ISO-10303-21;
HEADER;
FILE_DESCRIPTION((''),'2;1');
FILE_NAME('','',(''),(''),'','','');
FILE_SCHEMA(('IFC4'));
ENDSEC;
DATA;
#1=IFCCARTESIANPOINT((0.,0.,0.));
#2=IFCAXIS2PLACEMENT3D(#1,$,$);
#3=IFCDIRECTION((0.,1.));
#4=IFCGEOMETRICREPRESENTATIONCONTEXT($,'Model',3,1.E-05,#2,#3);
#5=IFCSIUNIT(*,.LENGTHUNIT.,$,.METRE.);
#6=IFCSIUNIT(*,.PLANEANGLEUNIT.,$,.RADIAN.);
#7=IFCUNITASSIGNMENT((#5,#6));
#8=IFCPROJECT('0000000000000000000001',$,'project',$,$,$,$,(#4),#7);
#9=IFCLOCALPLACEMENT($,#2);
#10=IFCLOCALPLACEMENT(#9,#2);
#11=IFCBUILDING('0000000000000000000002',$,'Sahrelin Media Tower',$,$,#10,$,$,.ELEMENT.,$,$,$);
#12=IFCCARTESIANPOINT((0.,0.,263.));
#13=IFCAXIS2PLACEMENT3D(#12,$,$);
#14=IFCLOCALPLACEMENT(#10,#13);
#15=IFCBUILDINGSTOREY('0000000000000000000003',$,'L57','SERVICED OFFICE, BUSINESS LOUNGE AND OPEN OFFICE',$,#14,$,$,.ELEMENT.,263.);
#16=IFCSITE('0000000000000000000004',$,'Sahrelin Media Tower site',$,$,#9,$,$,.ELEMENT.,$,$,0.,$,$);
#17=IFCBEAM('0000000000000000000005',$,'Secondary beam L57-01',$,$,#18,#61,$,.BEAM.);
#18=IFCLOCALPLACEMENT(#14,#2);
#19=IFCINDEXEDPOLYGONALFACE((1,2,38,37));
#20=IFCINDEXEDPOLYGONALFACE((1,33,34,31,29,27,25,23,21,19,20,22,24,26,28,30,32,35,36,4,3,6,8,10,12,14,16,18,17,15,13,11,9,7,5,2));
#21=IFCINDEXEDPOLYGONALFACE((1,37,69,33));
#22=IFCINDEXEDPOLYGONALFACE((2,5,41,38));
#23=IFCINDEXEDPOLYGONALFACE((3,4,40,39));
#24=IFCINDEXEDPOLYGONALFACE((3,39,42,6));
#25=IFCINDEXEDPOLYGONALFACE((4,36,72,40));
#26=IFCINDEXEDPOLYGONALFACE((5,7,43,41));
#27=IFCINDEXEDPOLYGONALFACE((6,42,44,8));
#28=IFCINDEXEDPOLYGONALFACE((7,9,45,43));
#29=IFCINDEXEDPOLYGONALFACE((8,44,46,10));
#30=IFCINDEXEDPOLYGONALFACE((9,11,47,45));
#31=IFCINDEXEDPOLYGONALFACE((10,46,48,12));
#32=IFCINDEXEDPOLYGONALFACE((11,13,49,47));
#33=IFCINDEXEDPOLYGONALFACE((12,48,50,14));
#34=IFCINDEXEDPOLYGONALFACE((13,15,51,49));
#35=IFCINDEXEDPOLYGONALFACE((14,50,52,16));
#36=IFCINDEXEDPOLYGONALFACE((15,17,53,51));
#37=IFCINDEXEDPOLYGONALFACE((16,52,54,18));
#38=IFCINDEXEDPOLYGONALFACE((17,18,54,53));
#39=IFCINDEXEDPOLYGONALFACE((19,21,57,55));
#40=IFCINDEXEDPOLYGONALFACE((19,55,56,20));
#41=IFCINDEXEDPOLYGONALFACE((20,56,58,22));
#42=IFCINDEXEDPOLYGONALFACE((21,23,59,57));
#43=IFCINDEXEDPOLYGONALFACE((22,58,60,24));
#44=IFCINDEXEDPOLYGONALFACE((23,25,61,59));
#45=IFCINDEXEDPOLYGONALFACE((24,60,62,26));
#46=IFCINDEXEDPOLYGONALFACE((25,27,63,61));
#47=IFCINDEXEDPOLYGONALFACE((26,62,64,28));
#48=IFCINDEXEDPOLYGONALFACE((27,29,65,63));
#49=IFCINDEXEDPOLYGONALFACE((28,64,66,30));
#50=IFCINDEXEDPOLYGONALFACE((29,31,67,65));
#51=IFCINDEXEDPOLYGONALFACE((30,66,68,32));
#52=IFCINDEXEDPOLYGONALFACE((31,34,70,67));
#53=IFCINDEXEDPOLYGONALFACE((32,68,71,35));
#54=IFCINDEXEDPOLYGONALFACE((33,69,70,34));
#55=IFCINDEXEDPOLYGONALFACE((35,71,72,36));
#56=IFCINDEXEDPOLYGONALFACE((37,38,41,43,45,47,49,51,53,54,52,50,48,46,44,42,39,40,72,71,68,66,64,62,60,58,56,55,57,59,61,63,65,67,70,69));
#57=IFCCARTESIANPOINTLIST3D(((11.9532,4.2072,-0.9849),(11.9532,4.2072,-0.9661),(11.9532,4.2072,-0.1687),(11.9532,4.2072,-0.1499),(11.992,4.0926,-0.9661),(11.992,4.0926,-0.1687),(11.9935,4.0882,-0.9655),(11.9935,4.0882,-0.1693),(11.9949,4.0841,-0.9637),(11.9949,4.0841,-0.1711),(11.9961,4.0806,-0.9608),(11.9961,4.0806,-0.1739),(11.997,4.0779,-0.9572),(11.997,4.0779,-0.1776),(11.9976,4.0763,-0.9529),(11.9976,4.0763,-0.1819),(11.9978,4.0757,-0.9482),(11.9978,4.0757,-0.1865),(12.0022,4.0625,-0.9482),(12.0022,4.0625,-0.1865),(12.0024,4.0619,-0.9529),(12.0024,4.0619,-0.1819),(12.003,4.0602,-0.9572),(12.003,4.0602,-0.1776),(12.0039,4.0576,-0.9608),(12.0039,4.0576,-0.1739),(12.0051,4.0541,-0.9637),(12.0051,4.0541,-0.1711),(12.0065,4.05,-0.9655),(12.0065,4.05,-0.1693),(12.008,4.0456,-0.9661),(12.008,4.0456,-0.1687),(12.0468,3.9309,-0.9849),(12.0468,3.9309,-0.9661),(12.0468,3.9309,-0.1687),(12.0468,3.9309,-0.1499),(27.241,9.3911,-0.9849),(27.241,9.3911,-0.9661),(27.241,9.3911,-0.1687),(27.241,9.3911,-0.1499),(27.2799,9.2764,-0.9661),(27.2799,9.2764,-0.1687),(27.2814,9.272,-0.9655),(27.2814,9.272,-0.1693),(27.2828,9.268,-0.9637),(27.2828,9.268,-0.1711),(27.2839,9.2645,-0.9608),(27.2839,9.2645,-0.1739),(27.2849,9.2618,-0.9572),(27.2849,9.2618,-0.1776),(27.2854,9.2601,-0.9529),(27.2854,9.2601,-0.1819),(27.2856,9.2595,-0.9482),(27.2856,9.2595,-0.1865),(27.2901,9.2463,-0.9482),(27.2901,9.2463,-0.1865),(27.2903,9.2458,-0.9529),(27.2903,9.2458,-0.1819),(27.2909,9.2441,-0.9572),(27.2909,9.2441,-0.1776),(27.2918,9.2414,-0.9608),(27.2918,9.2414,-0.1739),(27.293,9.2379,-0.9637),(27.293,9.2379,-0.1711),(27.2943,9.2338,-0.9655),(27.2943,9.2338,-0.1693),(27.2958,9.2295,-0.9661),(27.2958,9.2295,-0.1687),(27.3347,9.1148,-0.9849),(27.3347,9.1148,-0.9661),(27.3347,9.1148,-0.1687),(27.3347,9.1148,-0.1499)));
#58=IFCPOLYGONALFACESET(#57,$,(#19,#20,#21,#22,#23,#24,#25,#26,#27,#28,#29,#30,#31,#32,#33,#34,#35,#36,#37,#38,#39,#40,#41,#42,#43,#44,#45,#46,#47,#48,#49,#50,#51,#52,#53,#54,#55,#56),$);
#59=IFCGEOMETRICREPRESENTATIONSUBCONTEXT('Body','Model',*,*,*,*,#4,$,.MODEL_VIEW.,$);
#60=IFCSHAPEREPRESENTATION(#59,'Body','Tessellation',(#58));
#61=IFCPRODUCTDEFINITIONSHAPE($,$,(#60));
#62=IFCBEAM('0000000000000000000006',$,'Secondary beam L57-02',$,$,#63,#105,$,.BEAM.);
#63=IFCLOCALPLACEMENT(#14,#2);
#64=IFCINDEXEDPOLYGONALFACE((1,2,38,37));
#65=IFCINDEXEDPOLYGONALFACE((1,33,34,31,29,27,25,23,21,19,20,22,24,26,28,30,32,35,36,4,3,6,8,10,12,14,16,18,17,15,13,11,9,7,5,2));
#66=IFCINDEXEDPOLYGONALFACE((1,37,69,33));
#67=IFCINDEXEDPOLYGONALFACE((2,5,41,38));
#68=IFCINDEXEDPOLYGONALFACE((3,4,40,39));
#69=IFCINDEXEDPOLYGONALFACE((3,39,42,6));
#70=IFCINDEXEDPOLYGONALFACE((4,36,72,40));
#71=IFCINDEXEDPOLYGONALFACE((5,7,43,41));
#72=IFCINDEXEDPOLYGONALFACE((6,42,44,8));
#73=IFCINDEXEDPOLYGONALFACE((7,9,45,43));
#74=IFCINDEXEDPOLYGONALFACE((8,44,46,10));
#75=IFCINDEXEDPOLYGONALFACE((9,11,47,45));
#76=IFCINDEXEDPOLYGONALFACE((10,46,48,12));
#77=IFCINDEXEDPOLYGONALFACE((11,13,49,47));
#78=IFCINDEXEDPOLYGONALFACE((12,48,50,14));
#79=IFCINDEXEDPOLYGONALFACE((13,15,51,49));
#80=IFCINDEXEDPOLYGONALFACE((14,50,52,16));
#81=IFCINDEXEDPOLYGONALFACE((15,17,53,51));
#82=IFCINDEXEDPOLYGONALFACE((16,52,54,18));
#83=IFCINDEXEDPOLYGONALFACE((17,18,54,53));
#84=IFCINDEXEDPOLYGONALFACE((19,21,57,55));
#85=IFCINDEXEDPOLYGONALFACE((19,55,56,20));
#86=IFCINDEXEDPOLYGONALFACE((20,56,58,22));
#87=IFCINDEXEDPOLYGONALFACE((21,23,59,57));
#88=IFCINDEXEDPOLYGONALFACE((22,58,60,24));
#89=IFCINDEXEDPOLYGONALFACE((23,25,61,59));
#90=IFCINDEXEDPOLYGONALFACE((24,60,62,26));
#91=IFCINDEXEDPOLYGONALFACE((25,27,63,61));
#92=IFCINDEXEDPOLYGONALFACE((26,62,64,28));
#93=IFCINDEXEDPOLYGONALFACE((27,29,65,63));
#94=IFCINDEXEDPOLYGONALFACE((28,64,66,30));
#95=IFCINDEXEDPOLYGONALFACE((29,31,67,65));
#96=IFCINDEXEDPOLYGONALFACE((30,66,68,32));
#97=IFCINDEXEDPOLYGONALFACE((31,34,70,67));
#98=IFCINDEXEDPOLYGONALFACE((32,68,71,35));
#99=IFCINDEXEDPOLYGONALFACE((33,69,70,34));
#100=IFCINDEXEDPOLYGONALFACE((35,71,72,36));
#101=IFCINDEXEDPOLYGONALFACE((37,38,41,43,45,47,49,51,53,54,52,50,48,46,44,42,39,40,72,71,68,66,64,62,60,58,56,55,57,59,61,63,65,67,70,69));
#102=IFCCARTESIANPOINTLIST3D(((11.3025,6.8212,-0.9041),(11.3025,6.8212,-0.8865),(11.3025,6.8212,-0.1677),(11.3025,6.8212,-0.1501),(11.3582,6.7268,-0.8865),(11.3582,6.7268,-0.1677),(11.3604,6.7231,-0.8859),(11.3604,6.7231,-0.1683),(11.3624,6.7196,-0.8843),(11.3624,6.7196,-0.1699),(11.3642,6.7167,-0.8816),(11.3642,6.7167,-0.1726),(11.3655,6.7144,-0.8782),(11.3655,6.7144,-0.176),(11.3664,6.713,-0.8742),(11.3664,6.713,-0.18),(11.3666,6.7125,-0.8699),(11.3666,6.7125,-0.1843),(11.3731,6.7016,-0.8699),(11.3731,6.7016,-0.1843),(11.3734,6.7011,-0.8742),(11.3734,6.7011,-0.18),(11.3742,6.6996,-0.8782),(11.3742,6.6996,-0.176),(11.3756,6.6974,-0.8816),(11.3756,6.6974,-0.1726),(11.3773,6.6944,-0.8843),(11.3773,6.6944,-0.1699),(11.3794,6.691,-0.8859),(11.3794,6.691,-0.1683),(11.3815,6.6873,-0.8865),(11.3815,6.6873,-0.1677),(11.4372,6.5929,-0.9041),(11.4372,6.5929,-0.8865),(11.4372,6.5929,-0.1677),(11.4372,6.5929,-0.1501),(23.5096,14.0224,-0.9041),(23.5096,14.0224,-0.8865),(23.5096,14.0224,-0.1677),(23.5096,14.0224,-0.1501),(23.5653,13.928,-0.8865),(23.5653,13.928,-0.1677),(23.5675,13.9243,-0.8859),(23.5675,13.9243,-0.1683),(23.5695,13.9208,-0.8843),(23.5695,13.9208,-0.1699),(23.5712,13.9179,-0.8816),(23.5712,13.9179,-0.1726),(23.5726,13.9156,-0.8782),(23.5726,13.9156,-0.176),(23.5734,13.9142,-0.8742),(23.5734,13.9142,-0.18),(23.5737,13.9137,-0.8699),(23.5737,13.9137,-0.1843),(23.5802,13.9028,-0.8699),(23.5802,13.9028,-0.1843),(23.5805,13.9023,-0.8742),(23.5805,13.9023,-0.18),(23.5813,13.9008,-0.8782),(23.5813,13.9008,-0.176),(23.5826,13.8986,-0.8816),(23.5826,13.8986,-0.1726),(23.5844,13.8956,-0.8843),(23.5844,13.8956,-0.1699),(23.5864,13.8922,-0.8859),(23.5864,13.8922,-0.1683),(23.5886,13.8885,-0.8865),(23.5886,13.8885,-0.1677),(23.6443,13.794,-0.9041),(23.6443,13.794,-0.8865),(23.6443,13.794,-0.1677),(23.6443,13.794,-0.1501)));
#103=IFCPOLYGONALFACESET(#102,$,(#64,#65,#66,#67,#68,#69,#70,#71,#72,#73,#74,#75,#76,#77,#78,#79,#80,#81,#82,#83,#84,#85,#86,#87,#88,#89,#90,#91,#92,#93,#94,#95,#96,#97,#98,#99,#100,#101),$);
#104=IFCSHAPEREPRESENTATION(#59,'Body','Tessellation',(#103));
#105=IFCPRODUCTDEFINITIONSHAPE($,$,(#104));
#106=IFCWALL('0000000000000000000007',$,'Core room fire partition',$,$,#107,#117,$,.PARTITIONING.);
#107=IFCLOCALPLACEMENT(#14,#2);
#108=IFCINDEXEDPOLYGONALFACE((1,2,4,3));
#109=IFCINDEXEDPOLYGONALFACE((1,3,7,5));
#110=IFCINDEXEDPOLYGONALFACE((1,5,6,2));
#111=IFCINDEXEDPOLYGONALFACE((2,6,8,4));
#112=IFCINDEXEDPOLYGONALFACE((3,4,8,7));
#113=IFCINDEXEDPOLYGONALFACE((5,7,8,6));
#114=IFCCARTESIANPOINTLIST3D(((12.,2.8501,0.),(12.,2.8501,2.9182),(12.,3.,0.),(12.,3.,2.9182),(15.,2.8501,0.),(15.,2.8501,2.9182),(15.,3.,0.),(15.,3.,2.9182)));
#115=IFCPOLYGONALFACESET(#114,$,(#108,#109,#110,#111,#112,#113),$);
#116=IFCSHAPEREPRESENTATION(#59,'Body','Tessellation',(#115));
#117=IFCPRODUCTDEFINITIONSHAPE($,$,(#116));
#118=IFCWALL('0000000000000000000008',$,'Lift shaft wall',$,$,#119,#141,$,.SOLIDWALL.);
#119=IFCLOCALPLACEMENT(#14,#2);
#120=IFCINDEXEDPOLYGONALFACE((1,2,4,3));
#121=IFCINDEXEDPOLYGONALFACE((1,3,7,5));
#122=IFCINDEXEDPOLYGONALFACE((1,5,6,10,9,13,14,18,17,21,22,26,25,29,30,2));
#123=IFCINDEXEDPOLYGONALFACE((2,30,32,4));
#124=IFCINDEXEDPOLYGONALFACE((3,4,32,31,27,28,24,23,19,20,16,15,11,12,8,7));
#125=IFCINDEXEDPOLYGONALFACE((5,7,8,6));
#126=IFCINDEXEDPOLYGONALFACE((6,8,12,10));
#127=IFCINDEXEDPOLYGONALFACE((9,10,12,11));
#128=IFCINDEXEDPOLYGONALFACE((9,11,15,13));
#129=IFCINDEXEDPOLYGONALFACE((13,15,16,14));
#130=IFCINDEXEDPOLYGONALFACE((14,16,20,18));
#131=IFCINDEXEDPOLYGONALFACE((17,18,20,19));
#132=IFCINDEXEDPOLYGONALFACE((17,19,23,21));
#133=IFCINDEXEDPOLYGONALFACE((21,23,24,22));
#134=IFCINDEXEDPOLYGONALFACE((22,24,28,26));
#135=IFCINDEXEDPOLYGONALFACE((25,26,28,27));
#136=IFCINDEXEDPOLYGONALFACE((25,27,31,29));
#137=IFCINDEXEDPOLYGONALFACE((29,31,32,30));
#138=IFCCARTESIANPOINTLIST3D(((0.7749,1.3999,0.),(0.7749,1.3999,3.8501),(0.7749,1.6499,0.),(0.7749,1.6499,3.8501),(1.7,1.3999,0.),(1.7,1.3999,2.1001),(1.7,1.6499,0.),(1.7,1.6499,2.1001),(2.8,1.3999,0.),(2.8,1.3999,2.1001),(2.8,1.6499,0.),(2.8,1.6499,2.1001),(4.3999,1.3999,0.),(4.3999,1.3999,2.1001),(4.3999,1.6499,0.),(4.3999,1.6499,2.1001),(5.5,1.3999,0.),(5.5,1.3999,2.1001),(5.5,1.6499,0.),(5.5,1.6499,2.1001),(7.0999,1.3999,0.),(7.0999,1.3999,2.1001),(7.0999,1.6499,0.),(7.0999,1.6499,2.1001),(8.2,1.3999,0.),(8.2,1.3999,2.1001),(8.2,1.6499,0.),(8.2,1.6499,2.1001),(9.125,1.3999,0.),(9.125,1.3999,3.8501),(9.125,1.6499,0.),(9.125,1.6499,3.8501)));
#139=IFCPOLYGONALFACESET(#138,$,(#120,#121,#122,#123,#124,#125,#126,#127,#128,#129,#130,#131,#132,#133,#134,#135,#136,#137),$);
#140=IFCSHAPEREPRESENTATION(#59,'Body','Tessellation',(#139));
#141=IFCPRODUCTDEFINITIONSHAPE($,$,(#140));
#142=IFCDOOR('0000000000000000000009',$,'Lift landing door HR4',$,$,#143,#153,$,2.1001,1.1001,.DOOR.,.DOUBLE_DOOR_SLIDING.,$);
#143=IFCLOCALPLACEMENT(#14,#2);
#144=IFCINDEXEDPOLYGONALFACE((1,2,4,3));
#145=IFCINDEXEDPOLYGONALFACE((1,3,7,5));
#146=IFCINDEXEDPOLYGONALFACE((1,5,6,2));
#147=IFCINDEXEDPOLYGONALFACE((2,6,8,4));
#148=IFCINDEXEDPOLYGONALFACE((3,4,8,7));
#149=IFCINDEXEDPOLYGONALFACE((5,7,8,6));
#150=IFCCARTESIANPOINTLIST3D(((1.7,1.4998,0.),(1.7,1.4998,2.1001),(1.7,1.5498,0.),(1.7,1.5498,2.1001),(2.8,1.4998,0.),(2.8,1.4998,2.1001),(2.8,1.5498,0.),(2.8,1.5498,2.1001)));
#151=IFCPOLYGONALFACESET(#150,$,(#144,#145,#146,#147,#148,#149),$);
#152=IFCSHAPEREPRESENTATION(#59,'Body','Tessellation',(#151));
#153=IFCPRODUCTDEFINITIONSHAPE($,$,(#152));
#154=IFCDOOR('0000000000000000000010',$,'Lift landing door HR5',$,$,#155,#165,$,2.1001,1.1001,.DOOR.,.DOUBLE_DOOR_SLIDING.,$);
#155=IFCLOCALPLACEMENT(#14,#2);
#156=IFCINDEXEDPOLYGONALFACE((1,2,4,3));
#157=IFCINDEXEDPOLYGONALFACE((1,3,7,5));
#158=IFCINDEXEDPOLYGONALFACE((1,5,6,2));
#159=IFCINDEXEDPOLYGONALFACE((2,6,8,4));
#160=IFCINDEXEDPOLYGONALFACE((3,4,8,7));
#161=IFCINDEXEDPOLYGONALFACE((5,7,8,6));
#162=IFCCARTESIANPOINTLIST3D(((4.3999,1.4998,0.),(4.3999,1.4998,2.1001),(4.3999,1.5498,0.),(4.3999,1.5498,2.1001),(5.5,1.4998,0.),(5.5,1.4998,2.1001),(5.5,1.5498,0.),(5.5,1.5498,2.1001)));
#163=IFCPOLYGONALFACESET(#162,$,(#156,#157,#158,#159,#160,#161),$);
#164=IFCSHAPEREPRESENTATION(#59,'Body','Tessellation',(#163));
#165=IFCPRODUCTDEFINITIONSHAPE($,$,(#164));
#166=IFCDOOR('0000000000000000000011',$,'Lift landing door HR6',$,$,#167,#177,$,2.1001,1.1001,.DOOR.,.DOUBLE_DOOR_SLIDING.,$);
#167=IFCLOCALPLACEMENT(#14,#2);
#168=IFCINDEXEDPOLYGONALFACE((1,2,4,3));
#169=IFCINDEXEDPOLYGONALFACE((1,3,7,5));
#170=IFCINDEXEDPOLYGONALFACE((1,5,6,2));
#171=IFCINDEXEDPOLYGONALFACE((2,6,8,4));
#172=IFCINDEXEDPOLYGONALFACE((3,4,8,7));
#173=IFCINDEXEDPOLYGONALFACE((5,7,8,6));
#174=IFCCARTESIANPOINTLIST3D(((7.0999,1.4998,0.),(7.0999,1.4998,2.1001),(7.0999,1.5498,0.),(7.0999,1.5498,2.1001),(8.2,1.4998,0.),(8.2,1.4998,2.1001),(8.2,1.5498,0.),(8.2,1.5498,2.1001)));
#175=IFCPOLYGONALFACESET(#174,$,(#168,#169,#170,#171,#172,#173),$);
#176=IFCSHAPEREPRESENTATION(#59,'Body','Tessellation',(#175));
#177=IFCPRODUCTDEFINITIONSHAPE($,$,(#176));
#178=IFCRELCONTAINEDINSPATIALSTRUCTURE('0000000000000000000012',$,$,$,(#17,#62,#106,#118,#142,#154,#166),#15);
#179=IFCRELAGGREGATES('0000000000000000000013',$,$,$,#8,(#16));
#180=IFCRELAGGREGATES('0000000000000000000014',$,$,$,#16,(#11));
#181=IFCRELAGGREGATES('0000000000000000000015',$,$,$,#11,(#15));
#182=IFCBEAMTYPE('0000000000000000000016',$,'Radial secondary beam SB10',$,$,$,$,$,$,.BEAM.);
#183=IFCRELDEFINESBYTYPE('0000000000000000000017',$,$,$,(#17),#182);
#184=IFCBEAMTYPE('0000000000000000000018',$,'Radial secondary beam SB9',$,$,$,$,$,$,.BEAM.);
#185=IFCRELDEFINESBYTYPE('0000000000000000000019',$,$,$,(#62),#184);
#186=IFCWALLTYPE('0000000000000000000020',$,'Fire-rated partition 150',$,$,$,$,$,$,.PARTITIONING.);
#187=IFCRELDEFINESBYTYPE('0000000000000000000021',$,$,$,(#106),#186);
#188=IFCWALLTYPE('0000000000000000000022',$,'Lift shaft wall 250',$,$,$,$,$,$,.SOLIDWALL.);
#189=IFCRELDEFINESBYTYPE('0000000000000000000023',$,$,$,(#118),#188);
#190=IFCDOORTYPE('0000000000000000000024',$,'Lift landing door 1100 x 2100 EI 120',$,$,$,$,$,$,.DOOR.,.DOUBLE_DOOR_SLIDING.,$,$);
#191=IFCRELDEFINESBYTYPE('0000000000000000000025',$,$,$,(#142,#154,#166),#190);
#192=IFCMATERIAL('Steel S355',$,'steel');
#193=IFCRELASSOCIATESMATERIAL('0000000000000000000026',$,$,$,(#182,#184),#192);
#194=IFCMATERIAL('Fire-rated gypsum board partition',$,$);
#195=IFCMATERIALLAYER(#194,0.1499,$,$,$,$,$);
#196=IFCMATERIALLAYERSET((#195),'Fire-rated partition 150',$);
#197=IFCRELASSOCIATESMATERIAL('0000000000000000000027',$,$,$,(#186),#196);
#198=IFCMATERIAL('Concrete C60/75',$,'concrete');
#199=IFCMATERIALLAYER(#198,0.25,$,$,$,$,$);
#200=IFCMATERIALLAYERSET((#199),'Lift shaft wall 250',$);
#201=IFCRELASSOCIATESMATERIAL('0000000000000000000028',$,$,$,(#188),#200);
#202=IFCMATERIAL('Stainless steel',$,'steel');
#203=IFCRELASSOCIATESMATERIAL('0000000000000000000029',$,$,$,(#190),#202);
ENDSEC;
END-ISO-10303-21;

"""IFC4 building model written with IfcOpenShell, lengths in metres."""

from ifc_helpers import new_model, si_unit, direction, frame, frame_2d, origin, origin_2d, place, context, subcontext, project, spatial, rectangle, i_section, extrude, material, layer, layer_set, material_profile, profile_set, type_object, element, fill, save


model = new_model("IFC4")

# Units and contexts
model_context = context("Model", 3, precision=1e-05, world=origin(), true_north=direction((0.0, 1.0)))
body_context = subcontext(model_context, "Body", "Model", "MODEL_VIEW")
ifc_project = project(units=[si_unit("LENGTHUNIT", "METRE"), si_unit("PLANEANGLEUNIT", "RADIAN")], contexts=[model_context])

# Site, building, storey
site_placement = place(None, origin())
site = spatial("IfcSite", under=ifc_project, at=site_placement, Name="Sahrelin Media Tower site", CompositionType="ELEMENT", RefElevation=0.0)
building_placement = place(site_placement, origin())
building = spatial("IfcBuilding", under=site, at=building_placement, Name="Sahrelin Media Tower", CompositionType="ELEMENT")
storey_placement = place(building_placement, frame((0.0, 0.0, 263.0)))
storey = spatial("IfcBuildingStorey", under=building, at=storey_placement, Name="L57", Description="SERVICED OFFICE, BUSINESS LOUNGE AND OPEN OFFICE", CompositionType="ELEMENT", Elevation=263.0)

# Beams
ifc_material_1 = material(Name="Steel S355", Category="steel")
ifc_material_profile_1 = material_profile(ifc_material_1, i_section(OverallWidth=0.2917, OverallDepth=0.835, WebThickness=0.0139, FlangeThickness=0.0188, FilletRadius=0.0178, at=origin_2d()), Name="UB 838x292x176")
ifc_profile_set_1 = profile_set([ifc_material_profile_1], Name="Steel S355")
beam_type_1 = type_object("IfcBeamType", Name="Radial secondary beam SB10", PredefinedType="BEAM", material=ifc_profile_set_1)
beam_1_placement = place(storey_placement, frame((12.0, 4.0691, -0.5674), z_axis=(0.947037, 0.321124, 0.0), x_axis=(-0.321124, 0.947037, 0.0)))
element("IfcBeam", 1, at=beam_1_placement, inside=storey, type_object=beam_type_1, Name="Secondary beam L57-01", PredefinedType="BEAM", context=body_context, shape_type="SweptSolid", body=[
    extrude(i_section(OverallWidth=0.2917, OverallDepth=0.835, WebThickness=0.0139, FlangeThickness=0.0188, FilletRadius=0.0178, at=origin_2d()), origin(), (0.0, 0.0, 1.0), 16.1428),
])
ifc_material_profile_2 = material_profile(ifc_material_1, i_section(OverallWidth=0.2651, OverallDepth=0.7539, WebThickness=0.0127, FlangeThickness=0.0176, FilletRadius=0.0166, at=origin_2d()), Name="UB 762x267x147")
ifc_profile_set_2 = profile_set([ifc_material_profile_2], Name="Steel S355")
beam_type_2 = type_object("IfcBeamType", Name="Radial secondary beam SB9", PredefinedType="BEAM", material=ifc_profile_set_2)
beam_2_placement = place(storey_placement, frame((11.3699, 6.707, -0.5271), z_axis=(0.861299, 0.508098, 0.0), x_axis=(-0.508098, 0.861299, 0.0)))
element("IfcBeam", 2, at=beam_2_placement, inside=storey, type_object=beam_type_2, Name="Secondary beam L57-02", PredefinedType="BEAM", context=body_context, shape_type="SweptSolid", body=[
    extrude(i_section(OverallWidth=0.2651, OverallDepth=0.7539, WebThickness=0.0127, FlangeThickness=0.0176, FilletRadius=0.0166, at=origin_2d()), origin(), (0.0, 0.0, 1.0), 14.1729),
])

# Wall
ifc_material_2 = material(Name="Fire-rated gypsum board partition")
ifc_layer_1 = layer(ifc_material_2, 0.1499)
ifc_layer_set_1 = layer_set([ifc_layer_1], Name="Fire-rated partition 150")
wall_type_1 = type_object("IfcWallType", Name="Fire-rated partition 150", PredefinedType="PARTITIONING", material=ifc_layer_set_1)
wall_1_placement = place(storey_placement, frame((12.0, 2.925, 0.0), z_axis=(0.0, 0.0, 1.0), x_axis=(1.0, 0.0, 0.0)))
element("IfcWall", 3, at=wall_1_placement, inside=storey, type_object=wall_type_1, Name="Core room fire partition", PredefinedType="PARTITIONING", context=body_context, shape_type="SweptSolid", body=[
    extrude(rectangle(XDim=3.0, YDim=0.1499, at=frame_2d((1.5, 0.0))), origin(), (0.0, 0.0, 1.0), 2.9182),
])

# Wall, openings, doors
ifc_material_3 = material(Name="Concrete C60/75", Category="concrete")
ifc_layer_2 = layer(ifc_material_3, 0.25)
ifc_layer_set_2 = layer_set([ifc_layer_2], Name="Lift shaft wall 250")
wall_type_2 = type_object("IfcWallType", Name="Lift shaft wall 250", PredefinedType="SOLIDWALL", material=ifc_layer_set_2)
wall_2_placement = place(storey_placement, frame((0.7749, 1.5249, 0.0), z_axis=(0.0, 0.0, 1.0), x_axis=(1.0, 0.0, 0.0)))
wall_2 = element("IfcWall", 4, at=wall_2_placement, inside=storey, type_object=wall_type_2, Name="Lift shaft wall", PredefinedType="SOLIDWALL", context=body_context, shape_type="SweptSolid", body=[
    extrude(rectangle(XDim=8.3501, YDim=0.25, at=frame_2d((4.175, 0.0))), origin(), (0.0, 0.0, 1.0), 3.8501),
])
opening_1_placement = place(wall_2_placement, frame((0.925, 0.0, 0.0)))
opening_1 = element("IfcOpeningElement", 5, at=opening_1_placement, cuts=wall_2, PredefinedType="OPENING", context=body_context, shape_type="SweptSolid", body=[
    extrude(rectangle(XDim=1.1001, YDim=2.1001, at=frame_2d((0.55, 1.05))), frame((0.0, 0.125, 0.0), z_axis=(0.0, -1.0, 0.0), x_axis=(1.0, 0.0, 0.0)), (0.0, 0.0, 1.0), 0.25),
])
opening_2_placement = place(wall_2_placement, frame((3.625, 0.0, 0.0)))
opening_2 = element("IfcOpeningElement", 6, at=opening_2_placement, cuts=wall_2, PredefinedType="OPENING", context=body_context, shape_type="SweptSolid", body=[
    extrude(rectangle(XDim=1.1001, YDim=2.1001, at=frame_2d((0.55, 1.05))), frame((0.0, 0.125, 0.0), z_axis=(0.0, -1.0, 0.0), x_axis=(1.0, 0.0, 0.0)), (0.0, 0.0, 1.0), 0.25),
])
opening_3_placement = place(wall_2_placement, frame((6.325, 0.0, 0.0)))
opening_3 = element("IfcOpeningElement", 7, at=opening_3_placement, cuts=wall_2, PredefinedType="OPENING", context=body_context, shape_type="SweptSolid", body=[
    extrude(rectangle(XDim=1.1001, YDim=2.1001, at=frame_2d((0.55, 1.05))), frame((0.0, 0.125, 0.0), z_axis=(0.0, -1.0, 0.0), x_axis=(1.0, 0.0, 0.0)), (0.0, 0.0, 1.0), 0.25),
])
ifc_material_4 = material(Name="Stainless steel", Category="steel")
door_type_1 = type_object("IfcDoorType", Name="Lift landing door 1100 x 2100 EI 120", OperationType="DOUBLE_DOOR_SLIDING", PredefinedType="DOOR", material=ifc_material_4)
door_1_placement = place(opening_1_placement, origin())
door_1 = element("IfcDoor", 8, at=door_1_placement, inside=storey, type_object=door_type_1, Name="Lift landing door HR4", OperationType="DOUBLE_DOOR_SLIDING", OverallHeight=2.1001, OverallWidth=1.1001, PredefinedType="DOOR", context=body_context, shape_type="SweptSolid", body=[
    extrude(rectangle(XDim=1.1001, YDim=2.1001, at=frame_2d((0.55, 1.05))), frame((0.0, 0.0249, 0.0), z_axis=(0.0, -1.0, 0.0), x_axis=(1.0, 0.0, 0.0)), (0.0, 0.0, 1.0), 0.05),
])
fill(opening_1, door_1)
door_2_placement = place(opening_2_placement, origin())
door_2 = element("IfcDoor", 9, at=door_2_placement, inside=storey, type_object=door_type_1, Name="Lift landing door HR5", OperationType="DOUBLE_DOOR_SLIDING", OverallHeight=2.1001, OverallWidth=1.1001, PredefinedType="DOOR", context=body_context, shape_type="SweptSolid", body=[
    extrude(rectangle(XDim=1.1001, YDim=2.1001, at=frame_2d((0.55, 1.05))), frame((0.0, 0.0249, 0.0), z_axis=(0.0, -1.0, 0.0), x_axis=(1.0, 0.0, 0.0)), (0.0, 0.0, 1.0), 0.05),
])
fill(opening_2, door_2)
door_3_placement = place(opening_3_placement, origin())
door_3 = element("IfcDoor", 10, at=door_3_placement, inside=storey, type_object=door_type_1, Name="Lift landing door HR6", OperationType="DOUBLE_DOOR_SLIDING", OverallHeight=2.1001, OverallWidth=1.1001, PredefinedType="DOOR", context=body_context, shape_type="SweptSolid", body=[
    extrude(rectangle(XDim=1.1001, YDim=2.1001, at=frame_2d((0.55, 1.05))), frame((0.0, 0.0249, 0.0), z_axis=(0.0, -1.0, 0.0), x_axis=(1.0, 0.0, 0.0)), (0.0, 0.0, 1.0), 0.05),
])
fill(opening_3, door_3)

save(model, "model.ifc")
